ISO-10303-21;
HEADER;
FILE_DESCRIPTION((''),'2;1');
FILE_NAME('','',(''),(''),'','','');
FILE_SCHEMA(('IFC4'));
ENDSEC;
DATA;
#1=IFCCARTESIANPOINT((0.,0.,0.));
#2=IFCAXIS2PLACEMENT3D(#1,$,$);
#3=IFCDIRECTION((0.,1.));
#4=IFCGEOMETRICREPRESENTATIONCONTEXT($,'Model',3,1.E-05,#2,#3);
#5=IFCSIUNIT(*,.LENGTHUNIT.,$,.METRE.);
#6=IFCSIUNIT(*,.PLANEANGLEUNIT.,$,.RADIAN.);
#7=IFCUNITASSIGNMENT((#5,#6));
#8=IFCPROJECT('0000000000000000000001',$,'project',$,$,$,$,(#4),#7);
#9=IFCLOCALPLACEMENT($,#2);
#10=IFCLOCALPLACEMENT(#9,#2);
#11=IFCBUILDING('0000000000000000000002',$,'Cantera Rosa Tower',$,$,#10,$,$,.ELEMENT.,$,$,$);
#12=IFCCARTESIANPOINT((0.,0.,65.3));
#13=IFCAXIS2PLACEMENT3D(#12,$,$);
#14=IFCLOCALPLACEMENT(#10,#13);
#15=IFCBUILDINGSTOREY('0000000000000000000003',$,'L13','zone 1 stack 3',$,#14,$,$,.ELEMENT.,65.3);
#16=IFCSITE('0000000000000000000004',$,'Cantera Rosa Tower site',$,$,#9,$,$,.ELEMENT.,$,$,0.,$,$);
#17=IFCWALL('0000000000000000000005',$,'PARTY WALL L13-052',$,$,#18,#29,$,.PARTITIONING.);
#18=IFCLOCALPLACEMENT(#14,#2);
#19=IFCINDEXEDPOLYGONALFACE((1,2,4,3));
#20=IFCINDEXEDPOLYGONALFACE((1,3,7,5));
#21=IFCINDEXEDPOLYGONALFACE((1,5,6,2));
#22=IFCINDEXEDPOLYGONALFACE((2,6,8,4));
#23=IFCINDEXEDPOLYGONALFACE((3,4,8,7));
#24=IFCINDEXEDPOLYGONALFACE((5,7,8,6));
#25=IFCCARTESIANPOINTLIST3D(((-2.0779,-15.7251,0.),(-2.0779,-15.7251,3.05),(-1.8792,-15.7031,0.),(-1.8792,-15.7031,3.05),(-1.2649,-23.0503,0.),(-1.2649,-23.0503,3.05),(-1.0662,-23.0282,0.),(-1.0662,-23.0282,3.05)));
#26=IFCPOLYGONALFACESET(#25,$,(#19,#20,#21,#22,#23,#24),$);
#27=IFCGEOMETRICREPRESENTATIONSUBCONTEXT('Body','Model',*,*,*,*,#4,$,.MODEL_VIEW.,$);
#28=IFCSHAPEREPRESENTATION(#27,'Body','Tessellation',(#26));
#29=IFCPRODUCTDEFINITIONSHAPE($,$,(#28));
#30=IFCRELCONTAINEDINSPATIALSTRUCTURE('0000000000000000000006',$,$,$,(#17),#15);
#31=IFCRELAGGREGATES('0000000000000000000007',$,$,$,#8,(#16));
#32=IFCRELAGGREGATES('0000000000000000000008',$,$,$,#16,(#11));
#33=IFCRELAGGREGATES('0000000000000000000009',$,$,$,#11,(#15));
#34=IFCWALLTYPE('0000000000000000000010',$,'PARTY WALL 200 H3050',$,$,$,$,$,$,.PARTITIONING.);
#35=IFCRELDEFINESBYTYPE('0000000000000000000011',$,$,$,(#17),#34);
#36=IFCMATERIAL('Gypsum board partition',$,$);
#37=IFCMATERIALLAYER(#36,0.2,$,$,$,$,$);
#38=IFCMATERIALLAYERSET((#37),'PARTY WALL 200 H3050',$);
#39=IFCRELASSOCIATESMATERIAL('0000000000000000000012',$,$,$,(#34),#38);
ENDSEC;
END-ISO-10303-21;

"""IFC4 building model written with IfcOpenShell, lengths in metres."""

from ifc_helpers import new_model, si_unit, direction, frame, frame_2d, origin, place, context, subcontext, project, spatial, rectangle, extrude, material, layer, layer_set, type_object, element, save


model = new_model("IFC4")

# Units and contexts
model_context = context("Model", 3, precision=1e-05, world=origin(), true_north=direction((0.0, 1.0)))
body_context = subcontext(model_context, "Body", "Model", "MODEL_VIEW")
ifc_project = project(units=[si_unit("LENGTHUNIT", "METRE"), si_unit("PLANEANGLEUNIT", "RADIAN")], contexts=[model_context])

# Site, building, storey
site_placement = place(None, origin())
site = spatial("IfcSite", under=ifc_project, at=site_placement, Name="Cantera Rosa Tower site", CompositionType="ELEMENT", RefElevation=0.0)
building_placement = place(site_placement, origin())
building = spatial("IfcBuilding", under=site, at=building_placement, Name="Cantera Rosa Tower", CompositionType="ELEMENT")
storey_placement = place(building_placement, frame((0.0, 0.0, 65.3)))
storey = spatial("IfcBuildingStorey", under=building, at=storey_placement, Name="L13", Description="zone 1 stack 3", CompositionType="ELEMENT", Elevation=65.3)

# Wall
ifc_material_1 = material(Name="Gypsum board partition")
ifc_layer_1 = layer(ifc_material_1, 0.2)
ifc_layer_set_1 = layer_set([ifc_layer_1], Name="PARTY WALL 200 H3050")
wall_type_1 = type_object("IfcWallType", Name="PARTY WALL 200 H3050", PredefinedType="PARTITIONING", material=ifc_layer_set_1)
wall_1_placement = place(storey_placement, frame((-1.9785, -15.7141, 0.0), z_axis=(0.0, 0.0, 1.0), x_axis=(0.110308, -0.993897, 0.0)))
element("IfcWall", 1, at=wall_1_placement, inside=storey, type_object=wall_type_1, Name="PARTY WALL L13-052", PredefinedType="PARTITIONING", context=body_context, shape_type="SweptSolid", body=[
    extrude(rectangle(XDim=7.3701, YDim=0.2, at=frame_2d((3.6851, 0.0))), origin(), (0.0, 0.0, 1.0), 3.05),
])

save(model, "model.ifc")
